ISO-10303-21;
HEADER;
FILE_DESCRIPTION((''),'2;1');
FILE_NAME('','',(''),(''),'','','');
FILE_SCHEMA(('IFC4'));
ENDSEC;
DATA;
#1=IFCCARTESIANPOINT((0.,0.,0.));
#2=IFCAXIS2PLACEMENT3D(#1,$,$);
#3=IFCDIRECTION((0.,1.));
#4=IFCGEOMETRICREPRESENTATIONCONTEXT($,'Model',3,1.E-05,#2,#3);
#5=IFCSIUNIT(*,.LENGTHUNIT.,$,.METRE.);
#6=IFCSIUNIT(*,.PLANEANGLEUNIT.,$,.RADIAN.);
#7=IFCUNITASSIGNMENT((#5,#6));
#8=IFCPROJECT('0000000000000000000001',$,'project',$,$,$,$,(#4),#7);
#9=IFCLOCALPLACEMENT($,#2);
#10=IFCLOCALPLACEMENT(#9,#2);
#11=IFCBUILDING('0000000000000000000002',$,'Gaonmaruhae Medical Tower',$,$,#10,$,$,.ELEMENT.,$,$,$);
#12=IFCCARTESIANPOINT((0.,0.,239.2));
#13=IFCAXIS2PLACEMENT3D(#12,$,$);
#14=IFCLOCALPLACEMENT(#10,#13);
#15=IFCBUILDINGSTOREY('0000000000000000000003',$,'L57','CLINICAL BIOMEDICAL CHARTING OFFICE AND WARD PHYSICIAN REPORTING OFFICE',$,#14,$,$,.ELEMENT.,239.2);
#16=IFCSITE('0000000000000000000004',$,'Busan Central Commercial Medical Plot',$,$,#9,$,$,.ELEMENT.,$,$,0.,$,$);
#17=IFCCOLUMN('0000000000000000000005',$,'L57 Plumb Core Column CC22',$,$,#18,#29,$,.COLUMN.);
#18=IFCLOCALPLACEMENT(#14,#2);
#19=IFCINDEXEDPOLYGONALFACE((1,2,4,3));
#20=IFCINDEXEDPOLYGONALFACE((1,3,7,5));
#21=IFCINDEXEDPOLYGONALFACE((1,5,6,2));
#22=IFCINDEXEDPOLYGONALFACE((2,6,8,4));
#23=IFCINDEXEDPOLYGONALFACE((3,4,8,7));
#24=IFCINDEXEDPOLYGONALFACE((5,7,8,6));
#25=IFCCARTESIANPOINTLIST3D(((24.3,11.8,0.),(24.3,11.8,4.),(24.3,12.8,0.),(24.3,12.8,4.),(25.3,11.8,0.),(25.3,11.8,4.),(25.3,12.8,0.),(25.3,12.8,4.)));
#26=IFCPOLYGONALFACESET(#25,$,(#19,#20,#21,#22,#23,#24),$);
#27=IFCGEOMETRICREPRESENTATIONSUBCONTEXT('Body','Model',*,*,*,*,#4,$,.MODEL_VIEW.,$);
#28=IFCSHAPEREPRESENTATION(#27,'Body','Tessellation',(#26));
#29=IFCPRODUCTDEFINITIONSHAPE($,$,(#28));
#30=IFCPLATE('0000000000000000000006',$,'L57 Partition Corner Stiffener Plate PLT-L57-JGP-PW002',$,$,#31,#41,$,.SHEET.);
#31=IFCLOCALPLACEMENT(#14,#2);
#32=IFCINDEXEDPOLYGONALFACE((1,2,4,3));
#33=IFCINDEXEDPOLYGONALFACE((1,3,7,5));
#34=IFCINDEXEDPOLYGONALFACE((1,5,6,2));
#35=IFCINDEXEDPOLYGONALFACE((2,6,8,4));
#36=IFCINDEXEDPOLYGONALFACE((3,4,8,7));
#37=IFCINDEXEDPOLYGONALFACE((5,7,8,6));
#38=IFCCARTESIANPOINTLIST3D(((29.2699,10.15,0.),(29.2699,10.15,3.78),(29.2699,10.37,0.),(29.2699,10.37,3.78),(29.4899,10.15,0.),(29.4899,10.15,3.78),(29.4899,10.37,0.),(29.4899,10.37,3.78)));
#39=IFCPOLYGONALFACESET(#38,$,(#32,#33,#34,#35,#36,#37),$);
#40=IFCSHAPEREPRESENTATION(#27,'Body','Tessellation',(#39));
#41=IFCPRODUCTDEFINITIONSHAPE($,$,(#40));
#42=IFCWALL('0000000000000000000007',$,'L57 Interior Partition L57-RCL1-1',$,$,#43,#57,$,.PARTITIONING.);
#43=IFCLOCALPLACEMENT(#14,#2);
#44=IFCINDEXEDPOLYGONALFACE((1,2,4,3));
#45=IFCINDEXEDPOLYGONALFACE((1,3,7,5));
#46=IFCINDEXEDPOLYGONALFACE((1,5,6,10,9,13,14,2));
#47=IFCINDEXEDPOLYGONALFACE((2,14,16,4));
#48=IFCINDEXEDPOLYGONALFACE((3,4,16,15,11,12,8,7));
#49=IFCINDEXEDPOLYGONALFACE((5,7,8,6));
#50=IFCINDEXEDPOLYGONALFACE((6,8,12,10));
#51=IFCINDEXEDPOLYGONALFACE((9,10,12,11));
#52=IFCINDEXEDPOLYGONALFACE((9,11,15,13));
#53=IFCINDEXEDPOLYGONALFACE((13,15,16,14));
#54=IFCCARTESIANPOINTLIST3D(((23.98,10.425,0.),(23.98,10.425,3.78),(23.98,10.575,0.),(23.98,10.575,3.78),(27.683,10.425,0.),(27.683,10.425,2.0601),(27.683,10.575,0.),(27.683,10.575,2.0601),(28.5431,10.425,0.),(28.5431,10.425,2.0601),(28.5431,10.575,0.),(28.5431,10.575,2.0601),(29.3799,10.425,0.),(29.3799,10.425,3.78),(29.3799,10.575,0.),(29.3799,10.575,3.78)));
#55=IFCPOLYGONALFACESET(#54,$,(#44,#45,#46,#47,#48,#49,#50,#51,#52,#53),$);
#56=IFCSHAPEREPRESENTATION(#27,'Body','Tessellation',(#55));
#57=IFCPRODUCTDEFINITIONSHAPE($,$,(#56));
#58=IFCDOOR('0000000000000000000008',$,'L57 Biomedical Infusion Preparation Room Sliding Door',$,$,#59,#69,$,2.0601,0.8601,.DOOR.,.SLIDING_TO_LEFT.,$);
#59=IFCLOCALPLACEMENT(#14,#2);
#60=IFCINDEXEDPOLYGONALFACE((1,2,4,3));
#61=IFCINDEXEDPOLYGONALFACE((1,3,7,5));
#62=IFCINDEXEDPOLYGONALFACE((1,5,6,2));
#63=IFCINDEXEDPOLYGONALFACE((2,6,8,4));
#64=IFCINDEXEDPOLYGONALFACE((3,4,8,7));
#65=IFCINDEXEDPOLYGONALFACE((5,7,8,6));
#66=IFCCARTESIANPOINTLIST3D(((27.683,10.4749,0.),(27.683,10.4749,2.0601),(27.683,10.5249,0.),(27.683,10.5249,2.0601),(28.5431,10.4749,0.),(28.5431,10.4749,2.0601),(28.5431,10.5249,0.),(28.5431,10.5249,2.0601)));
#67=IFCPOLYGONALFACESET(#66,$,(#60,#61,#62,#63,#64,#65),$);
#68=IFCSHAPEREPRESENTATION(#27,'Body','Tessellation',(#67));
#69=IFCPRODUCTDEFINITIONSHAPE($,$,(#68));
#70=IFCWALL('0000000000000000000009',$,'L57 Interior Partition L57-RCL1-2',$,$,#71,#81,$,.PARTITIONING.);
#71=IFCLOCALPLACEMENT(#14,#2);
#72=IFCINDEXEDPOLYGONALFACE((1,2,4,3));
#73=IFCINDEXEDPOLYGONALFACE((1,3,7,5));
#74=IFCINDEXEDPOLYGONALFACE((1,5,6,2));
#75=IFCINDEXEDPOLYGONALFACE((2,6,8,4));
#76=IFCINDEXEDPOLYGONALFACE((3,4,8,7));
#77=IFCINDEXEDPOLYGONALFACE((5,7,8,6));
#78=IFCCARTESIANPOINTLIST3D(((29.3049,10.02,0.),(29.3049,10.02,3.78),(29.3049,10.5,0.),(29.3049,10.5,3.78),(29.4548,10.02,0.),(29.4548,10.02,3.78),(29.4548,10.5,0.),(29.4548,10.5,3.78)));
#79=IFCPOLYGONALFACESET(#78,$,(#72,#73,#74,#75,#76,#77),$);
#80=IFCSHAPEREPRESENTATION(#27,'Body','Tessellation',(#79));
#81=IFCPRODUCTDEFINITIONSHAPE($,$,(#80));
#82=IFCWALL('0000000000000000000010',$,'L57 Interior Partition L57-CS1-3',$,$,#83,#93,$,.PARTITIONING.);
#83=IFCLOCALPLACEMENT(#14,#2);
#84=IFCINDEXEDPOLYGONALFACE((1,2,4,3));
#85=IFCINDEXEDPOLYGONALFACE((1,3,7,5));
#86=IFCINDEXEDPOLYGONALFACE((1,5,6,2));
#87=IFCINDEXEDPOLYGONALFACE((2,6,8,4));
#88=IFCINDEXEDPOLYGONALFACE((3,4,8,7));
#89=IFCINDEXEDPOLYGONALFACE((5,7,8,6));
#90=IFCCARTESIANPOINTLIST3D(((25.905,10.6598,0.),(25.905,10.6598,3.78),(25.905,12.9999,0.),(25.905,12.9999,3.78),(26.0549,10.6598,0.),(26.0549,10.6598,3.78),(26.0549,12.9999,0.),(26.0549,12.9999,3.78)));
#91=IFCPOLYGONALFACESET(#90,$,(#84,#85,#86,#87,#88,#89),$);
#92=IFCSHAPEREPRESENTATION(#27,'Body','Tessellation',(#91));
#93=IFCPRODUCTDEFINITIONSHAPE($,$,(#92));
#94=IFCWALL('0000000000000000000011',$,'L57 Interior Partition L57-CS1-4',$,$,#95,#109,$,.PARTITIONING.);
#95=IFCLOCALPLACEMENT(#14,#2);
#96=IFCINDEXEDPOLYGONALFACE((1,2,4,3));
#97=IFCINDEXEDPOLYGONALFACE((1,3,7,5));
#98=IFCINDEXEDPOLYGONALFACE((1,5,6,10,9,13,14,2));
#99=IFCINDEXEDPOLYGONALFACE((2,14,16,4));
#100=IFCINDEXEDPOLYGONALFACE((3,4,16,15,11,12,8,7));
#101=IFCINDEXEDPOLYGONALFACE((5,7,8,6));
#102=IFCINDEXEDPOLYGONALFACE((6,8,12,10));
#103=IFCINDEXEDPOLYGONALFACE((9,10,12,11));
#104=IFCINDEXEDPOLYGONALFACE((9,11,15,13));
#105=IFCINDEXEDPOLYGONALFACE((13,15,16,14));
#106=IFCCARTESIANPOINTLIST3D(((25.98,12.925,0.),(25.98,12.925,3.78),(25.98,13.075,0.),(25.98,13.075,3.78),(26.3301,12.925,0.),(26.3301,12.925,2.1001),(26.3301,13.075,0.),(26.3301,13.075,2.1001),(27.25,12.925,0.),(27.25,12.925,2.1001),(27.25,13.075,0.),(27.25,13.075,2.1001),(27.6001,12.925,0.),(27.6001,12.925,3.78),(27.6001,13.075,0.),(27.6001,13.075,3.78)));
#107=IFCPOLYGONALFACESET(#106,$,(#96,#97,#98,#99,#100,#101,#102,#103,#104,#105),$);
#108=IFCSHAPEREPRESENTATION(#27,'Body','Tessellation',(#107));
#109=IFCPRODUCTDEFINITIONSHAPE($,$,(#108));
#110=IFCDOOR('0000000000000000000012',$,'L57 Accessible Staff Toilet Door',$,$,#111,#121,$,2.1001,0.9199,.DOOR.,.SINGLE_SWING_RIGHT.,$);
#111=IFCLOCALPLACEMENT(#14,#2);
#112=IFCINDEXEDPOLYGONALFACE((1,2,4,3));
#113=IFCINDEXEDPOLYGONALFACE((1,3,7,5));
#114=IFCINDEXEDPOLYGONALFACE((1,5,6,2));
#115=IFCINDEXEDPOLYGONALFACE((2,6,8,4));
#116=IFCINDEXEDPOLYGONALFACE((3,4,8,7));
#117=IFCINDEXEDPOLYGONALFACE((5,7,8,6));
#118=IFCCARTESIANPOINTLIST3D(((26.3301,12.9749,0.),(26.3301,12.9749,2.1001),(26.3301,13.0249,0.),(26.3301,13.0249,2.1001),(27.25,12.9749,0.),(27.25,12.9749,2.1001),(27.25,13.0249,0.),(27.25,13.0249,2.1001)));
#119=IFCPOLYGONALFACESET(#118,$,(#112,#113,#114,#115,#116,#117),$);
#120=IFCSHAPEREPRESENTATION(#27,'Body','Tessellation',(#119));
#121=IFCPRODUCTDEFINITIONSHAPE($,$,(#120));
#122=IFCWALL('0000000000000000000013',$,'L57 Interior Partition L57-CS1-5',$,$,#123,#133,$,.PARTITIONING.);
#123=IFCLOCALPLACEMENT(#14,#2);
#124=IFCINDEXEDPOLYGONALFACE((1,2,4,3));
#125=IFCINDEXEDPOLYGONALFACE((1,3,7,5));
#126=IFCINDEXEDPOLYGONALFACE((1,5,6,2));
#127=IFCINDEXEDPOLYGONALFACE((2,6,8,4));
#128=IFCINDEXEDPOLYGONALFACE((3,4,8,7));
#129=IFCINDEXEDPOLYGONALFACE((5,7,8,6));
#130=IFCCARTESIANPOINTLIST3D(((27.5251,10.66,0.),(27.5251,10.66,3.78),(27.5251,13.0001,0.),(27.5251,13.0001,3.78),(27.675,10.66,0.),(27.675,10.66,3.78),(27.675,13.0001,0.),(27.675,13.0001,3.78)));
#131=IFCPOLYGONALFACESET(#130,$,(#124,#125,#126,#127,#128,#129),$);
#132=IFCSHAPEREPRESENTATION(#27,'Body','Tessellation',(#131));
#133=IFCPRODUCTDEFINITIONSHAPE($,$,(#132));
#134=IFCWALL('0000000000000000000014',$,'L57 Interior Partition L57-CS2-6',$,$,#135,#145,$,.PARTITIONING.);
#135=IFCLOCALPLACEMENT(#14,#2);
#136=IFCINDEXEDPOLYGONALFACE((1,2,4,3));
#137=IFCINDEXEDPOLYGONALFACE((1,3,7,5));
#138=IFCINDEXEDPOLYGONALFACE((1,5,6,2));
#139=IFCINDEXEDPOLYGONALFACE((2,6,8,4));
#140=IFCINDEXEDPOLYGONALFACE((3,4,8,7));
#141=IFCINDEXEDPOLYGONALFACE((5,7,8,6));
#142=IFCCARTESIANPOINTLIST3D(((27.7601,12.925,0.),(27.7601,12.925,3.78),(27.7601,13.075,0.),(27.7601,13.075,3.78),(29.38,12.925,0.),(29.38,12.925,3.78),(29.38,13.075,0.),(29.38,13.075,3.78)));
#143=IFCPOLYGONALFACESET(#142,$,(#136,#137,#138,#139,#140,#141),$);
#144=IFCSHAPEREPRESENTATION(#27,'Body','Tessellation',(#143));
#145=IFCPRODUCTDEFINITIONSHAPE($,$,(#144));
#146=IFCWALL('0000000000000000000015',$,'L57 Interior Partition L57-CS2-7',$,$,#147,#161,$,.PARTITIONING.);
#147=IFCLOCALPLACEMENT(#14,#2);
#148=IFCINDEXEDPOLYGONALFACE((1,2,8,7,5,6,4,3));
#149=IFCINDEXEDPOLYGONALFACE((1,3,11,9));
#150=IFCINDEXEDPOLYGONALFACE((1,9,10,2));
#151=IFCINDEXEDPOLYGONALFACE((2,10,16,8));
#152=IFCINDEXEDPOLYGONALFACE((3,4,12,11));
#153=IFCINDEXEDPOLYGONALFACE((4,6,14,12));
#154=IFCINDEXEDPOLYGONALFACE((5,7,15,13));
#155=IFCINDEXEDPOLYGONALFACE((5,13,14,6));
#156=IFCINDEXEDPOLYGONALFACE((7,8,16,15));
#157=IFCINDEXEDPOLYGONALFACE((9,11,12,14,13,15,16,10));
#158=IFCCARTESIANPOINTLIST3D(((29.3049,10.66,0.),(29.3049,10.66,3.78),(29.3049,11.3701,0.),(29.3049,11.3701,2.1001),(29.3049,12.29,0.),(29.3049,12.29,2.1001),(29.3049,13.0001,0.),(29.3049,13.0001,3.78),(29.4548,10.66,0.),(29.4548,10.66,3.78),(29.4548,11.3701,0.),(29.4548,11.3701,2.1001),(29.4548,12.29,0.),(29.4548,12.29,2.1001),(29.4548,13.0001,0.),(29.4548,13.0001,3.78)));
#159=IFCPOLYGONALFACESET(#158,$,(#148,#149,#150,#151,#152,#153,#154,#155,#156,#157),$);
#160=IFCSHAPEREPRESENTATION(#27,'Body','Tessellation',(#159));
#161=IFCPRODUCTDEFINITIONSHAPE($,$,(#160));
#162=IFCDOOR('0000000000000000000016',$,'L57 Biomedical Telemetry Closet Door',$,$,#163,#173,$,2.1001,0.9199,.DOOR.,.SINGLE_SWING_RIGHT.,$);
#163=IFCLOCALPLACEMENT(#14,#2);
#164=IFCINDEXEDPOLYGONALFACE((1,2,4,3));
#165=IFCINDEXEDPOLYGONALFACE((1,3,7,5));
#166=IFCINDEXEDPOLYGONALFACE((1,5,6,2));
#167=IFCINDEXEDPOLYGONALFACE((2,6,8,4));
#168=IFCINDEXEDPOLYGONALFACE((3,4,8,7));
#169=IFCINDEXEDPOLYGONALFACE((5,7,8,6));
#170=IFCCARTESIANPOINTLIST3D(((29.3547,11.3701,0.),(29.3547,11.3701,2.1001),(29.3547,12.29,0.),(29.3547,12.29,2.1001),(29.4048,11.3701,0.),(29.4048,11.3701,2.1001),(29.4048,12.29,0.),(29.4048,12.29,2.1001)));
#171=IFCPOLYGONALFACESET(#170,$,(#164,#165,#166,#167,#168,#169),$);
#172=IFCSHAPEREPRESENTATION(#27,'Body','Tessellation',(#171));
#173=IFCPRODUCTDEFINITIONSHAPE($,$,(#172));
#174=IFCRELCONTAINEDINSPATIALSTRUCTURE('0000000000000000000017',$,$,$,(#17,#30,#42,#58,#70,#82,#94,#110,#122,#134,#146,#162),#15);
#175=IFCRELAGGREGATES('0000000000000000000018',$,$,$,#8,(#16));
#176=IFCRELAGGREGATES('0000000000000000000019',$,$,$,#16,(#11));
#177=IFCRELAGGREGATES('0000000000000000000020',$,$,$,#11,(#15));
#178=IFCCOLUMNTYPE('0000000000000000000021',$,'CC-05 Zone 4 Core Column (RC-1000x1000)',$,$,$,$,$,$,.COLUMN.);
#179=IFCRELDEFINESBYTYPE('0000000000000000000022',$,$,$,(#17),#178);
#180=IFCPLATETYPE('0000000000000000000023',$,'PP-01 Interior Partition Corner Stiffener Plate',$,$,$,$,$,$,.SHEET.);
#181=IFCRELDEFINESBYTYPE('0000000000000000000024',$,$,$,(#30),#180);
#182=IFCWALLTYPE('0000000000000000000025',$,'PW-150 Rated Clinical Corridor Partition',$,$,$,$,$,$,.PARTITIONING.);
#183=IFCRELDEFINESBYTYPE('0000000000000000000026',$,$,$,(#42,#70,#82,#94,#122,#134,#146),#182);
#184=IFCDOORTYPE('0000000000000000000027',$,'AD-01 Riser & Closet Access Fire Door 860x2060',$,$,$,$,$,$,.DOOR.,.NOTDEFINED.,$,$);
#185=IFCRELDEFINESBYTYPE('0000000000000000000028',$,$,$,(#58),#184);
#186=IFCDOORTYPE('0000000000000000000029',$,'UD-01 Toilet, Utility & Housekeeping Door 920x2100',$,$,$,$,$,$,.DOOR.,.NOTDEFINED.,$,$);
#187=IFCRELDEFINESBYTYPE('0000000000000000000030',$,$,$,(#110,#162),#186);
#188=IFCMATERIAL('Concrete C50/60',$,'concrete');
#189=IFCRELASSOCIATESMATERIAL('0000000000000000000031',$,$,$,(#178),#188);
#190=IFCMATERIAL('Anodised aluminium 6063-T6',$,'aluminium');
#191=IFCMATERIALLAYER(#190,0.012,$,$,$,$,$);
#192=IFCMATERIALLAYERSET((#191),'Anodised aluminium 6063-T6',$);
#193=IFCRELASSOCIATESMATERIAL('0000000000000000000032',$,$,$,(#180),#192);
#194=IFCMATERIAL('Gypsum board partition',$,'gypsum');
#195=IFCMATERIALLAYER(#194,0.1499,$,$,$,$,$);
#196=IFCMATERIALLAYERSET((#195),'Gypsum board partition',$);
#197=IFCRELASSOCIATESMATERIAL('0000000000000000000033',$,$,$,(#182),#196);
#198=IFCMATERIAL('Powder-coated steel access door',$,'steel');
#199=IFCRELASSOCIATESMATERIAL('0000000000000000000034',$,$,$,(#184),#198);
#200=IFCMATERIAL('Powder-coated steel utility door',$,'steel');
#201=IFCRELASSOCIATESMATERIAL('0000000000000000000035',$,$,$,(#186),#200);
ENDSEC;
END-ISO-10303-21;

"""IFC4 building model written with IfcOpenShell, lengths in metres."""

from ifc_helpers import new_model, si_unit, direction, frame, frame_2d, origin, origin_2d, place, context, subcontext, project, spatial, rectangle, extrude, material, layer, layer_set, material_profile, profile_set, type_object, element, fill, save


model = new_model("IFC4")

# Units and contexts
model_context = context("Model", 3, precision=1e-05, world=origin(), true_north=direction((0.0, 1.0)))
body_context = subcontext(model_context, "Body", "Model", "MODEL_VIEW")
ifc_project = project(units=[si_unit("LENGTHUNIT", "METRE"), si_unit("PLANEANGLEUNIT", "RADIAN")], contexts=[model_context])

# Site, building, storey
site_placement = place(None, origin())
site = spatial("IfcSite", under=ifc_project, at=site_placement, Name="Busan Central Commercial Medical Plot", CompositionType="ELEMENT", RefElevation=0.0)
building_placement = place(site_placement, origin())
building = spatial("IfcBuilding", under=site, at=building_placement, Name="Gaonmaruhae Medical Tower", CompositionType="ELEMENT")
storey_placement = place(building_placement, frame((0.0, 0.0, 239.2)))
storey = spatial("IfcBuildingStorey", under=building, at=storey_placement, Name="L57", Description="CLINICAL BIOMEDICAL CHARTING OFFICE AND WARD PHYSICIAN REPORTING OFFICE", CompositionType="ELEMENT", Elevation=239.2)

# Column
ifc_material_1 = material(Name="Concrete C50/60", Category="concrete")
ifc_material_profile = material_profile(ifc_material_1, rectangle(XDim=1.0, YDim=1.0, at=origin_2d()), Name="RC-1000x1000")
ifc_profile_set = profile_set([ifc_material_profile], Name="Concrete C50/60")
column_type = type_object("IfcColumnType", Name="CC-05 Zone 4 Core Column (RC-1000x1000)", PredefinedType="COLUMN", material=ifc_profile_set)
column_placement = place(storey_placement, frame((24.8, 12.3, 0.0), z_axis=(0.0, 0.0, 1.0), x_axis=(1.0, 0.0, 0.0)))
element("IfcColumn", 1, at=column_placement, inside=storey, type_object=column_type, Name="L57 Plumb Core Column CC22", PredefinedType="COLUMN", context=body_context, shape_type="SweptSolid", body=[
    extrude(rectangle(XDim=1.0, YDim=1.0, at=origin_2d()), origin(), (0.0, 0.0, 1.0), 4.0),
])

# Plate
ifc_material_2 = material(Name="Anodised aluminium 6063-T6", Category="aluminium")
ifc_layer_1 = layer(ifc_material_2, 0.012)
ifc_layer_set_1 = layer_set([ifc_layer_1], Name="Anodised aluminium 6063-T6")
plate_type = type_object("IfcPlateType", Name="PP-01 Interior Partition Corner Stiffener Plate", PredefinedType="SHEET", material=ifc_layer_set_1)
plate_placement = place(storey_placement, frame((29.3799, 10.26, 0.0), z_axis=(0.0, 0.0, 1.0), x_axis=(0.0, -1.0, 0.0)))
element("IfcPlate", 2, at=plate_placement, inside=storey, type_object=plate_type, Name="L57 Partition Corner Stiffener Plate PLT-L57-JGP-PW002", PredefinedType="SHEET", context=body_context, shape_type="SweptSolid", body=[
    extrude(rectangle(XDim=0.22, YDim=0.22, at=origin_2d()), origin(), (0.0, 0.0, 1.0), 3.78),
])

# Wall, opening, door
ifc_material_3 = material(Name="Gypsum board partition", Category="gypsum")
ifc_layer_2 = layer(ifc_material_3, 0.1499)
ifc_layer_set_2 = layer_set([ifc_layer_2], Name="Gypsum board partition")
wall_type_1 = type_object("IfcWallType", Name="PW-150 Rated Clinical Corridor Partition", PredefinedType="PARTITIONING", material=ifc_layer_set_2)
wall_1_placement = place(storey_placement, frame((23.98, 10.5, 0.0), z_axis=(0.0, 0.0, 1.0), x_axis=(1.0, 0.0, 0.0)))
wall_1 = element("IfcWall", 3, at=wall_1_placement, inside=storey, type_object=wall_type_1, Name="L57 Interior Partition L57-RCL1-1", PredefinedType="PARTITIONING", context=body_context, shape_type="SweptSolid", body=[
    extrude(rectangle(XDim=5.3999, YDim=0.1499, at=frame_2d((2.7, 0.0))), origin(), (0.0, 0.0, 1.0), 3.78),
])
opening_1_placement = place(wall_1_placement, frame((3.7029, 0.0, 0.0)))
opening_1 = element("IfcOpeningElement", 4, at=opening_1_placement, cuts=wall_1, PredefinedType="OPENING", context=body_context, shape_type="SweptSolid", body=[
    extrude(rectangle(XDim=0.8601, YDim=2.0601, at=frame_2d((0.4302, 1.03))), frame((0.0, 0.085, 0.0), z_axis=(0.0, -1.0, 0.0), x_axis=(1.0, 0.0, 0.0)), (0.0, 0.0, 1.0), 0.1699),
])
ifc_material_4 = material(Name="Powder-coated steel access door", Category="steel")
door_type_1 = type_object("IfcDoorType", Name="AD-01 Riser & Closet Access Fire Door 860x2060", OperationType="NOTDEFINED", PredefinedType="DOOR", material=ifc_material_4)
door_1_placement = place(opening_1_placement, origin())
door_1 = element("IfcDoor", 5, at=door_1_placement, inside=storey, type_object=door_type_1, Name="L57 Biomedical Infusion Preparation Room Sliding Door", OperationType="SLIDING_TO_LEFT", OverallHeight=2.0601, OverallWidth=0.8601, PredefinedType="DOOR", context=body_context, shape_type="SweptSolid", body=[
    extrude(rectangle(XDim=0.8601, YDim=2.0601, at=frame_2d((0.4302, 1.03))), frame((0.0, 0.0249, 0.0), z_axis=(0.0, -1.0, 0.0), x_axis=(1.0, 0.0, 0.0)), (0.0, 0.0, 1.0), 0.05),
])
fill(opening_1, door_1)

# Walls
wall_2_placement = place(storey_placement, frame((29.3799, 10.5, 0.0), z_axis=(0.0, 0.0, 1.0), x_axis=(0.0, -1.0, 0.0)))
element("IfcWall", 6, at=wall_2_placement, inside=storey, type_object=wall_type_1, Name="L57 Interior Partition L57-RCL1-2", PredefinedType="PARTITIONING", context=body_context, shape_type="SweptSolid", body=[
    extrude(rectangle(XDim=0.48, YDim=0.1499, at=frame_2d((0.24, 0.0))), origin(), (0.0, 0.0, 1.0), 3.78),
])
wall_3_placement = place(storey_placement, frame((25.98, 10.6599, 0.0), z_axis=(0.0, 0.0, 1.0), x_axis=(0.0, 1.0, 0.0)))
element("IfcWall", 7, at=wall_3_placement, inside=storey, type_object=wall_type_1, Name="L57 Interior Partition L57-CS1-3", PredefinedType="PARTITIONING", context=body_context, shape_type="SweptSolid", body=[
    extrude(rectangle(XDim=2.3401, YDim=0.1499, at=frame_2d((1.1699, 0.0))), origin(), (0.0, 0.0, 1.0), 3.78),
])

# Wall, opening, door
wall_4_placement = place(storey_placement, frame((25.98, 13.0, 0.0), z_axis=(0.0, 0.0, 1.0), x_axis=(1.0, 0.0, 0.0)))
wall_4 = element("IfcWall", 8, at=wall_4_placement, inside=storey, type_object=wall_type_1, Name="L57 Interior Partition L57-CS1-4", PredefinedType="PARTITIONING", context=body_context, shape_type="SweptSolid", body=[
    extrude(rectangle(XDim=1.6201, YDim=0.1499, at=frame_2d((0.8101, 0.0))), origin(), (0.0, 0.0, 1.0), 3.78),
])
opening_2_placement = place(wall_4_placement, frame((0.3501, 0.0, 0.0)))
opening_2 = element("IfcOpeningElement", 9, at=opening_2_placement, cuts=wall_4, PredefinedType="OPENING", context=body_context, shape_type="SweptSolid", body=[
    extrude(rectangle(XDim=0.9199, YDim=2.1001, at=frame_2d((0.46, 1.05))), frame((0.0, 0.085, 0.0), z_axis=(0.0, -1.0, 0.0), x_axis=(1.0, 0.0, 0.0)), (0.0, 0.0, 1.0), 0.1699),
])
ifc_material_5 = material(Name="Powder-coated steel utility door", Category="steel")
door_type_2 = type_object("IfcDoorType", Name="UD-01 Toilet, Utility & Housekeeping Door 920x2100", OperationType="NOTDEFINED", PredefinedType="DOOR", material=ifc_material_5)
door_2_placement = place(opening_2_placement, origin())
door_2 = element("IfcDoor", 10, at=door_2_placement, inside=storey, type_object=door_type_2, Name="L57 Accessible Staff Toilet Door", OperationType="SINGLE_SWING_RIGHT", OverallHeight=2.1001, OverallWidth=0.9199, PredefinedType="DOOR", context=body_context, shape_type="SweptSolid", body=[
    extrude(rectangle(XDim=0.9199, YDim=2.1001, at=frame_2d((0.46, 1.05))), frame((0.0, 0.0249, 0.0), z_axis=(0.0, -1.0, 0.0), x_axis=(1.0, 0.0, 0.0)), (0.0, 0.0, 1.0), 0.05),
])
fill(opening_2, door_2)

# Walls
wall_5_placement = place(storey_placement, frame((27.6001, 13.0, 0.0), z_axis=(0.0, 0.0, 1.0), x_axis=(0.0, -1.0, 0.0)))
element("IfcWall", 11, at=wall_5_placement, inside=storey, type_object=wall_type_1, Name="L57 Interior Partition L57-CS1-5", PredefinedType="PARTITIONING", context=body_context, shape_type="SweptSolid", body=[
    extrude(rectangle(XDim=2.3401, YDim=0.1499, at=frame_2d((1.1699, 0.0))), origin(), (0.0, 0.0, 1.0), 3.78),
])
wall_6_placement = place(storey_placement, frame((27.76, 13.0, 0.0), z_axis=(0.0, 0.0, 1.0), x_axis=(1.0, 0.0, 0.0)))
element("IfcWall", 12, at=wall_6_placement, inside=storey, type_object=wall_type_1, Name="L57 Interior Partition L57-CS2-6", PredefinedType="PARTITIONING", context=body_context, shape_type="SweptSolid", body=[
    extrude(rectangle(XDim=1.6199, YDim=0.1499, at=frame_2d((0.8101, 0.0))), origin(), (0.0, 0.0, 1.0), 3.78),
])

# Wall, opening, door
wall_7_placement = place(storey_placement, frame((29.3799, 13.0, 0.0), z_axis=(0.0, 0.0, 1.0), x_axis=(0.0, -1.0, 0.0)))
wall_7 = element("IfcWall", 13, at=wall_7_placement, inside=storey, type_object=wall_type_1, Name="L57 Interior Partition L57-CS2-7", PredefinedType="PARTITIONING", context=body_context, shape_type="SweptSolid", body=[
    extrude(rectangle(XDim=2.3401, YDim=0.1499, at=frame_2d((1.1699, 0.0))), origin(), (0.0, 0.0, 1.0), 3.78),
])
opening_3_placement = place(wall_7_placement, frame((0.71, 0.0, 0.0)))
opening_3 = element("IfcOpeningElement", 14, at=opening_3_placement, cuts=wall_7, PredefinedType="OPENING", context=body_context, shape_type="SweptSolid", body=[
    extrude(rectangle(XDim=0.9199, YDim=2.1001, at=frame_2d((0.46, 1.05))), frame((0.0, 0.085, 0.0), z_axis=(0.0, -1.0, 0.0), x_axis=(1.0, 0.0, 0.0)), (0.0, 0.0, 1.0), 0.1699),
])
door_3_placement = place(opening_3_placement, origin())
door_3 = element("IfcDoor", 15, at=door_3_placement, inside=storey, type_object=door_type_2, Name="L57 Biomedical Telemetry Closet Door", OperationType="SINGLE_SWING_RIGHT", OverallHeight=2.1001, OverallWidth=0.9199, PredefinedType="DOOR", context=body_context, shape_type="SweptSolid", body=[
    extrude(rectangle(XDim=0.9199, YDim=2.1001, at=frame_2d((0.46, 1.05))), frame((0.0, 0.0249, 0.0), z_axis=(0.0, -1.0, 0.0), x_axis=(1.0, 0.0, 0.0)), (0.0, 0.0, 1.0), 0.05),
])
fill(opening_3, door_3)

save(model, "model.ifc")
